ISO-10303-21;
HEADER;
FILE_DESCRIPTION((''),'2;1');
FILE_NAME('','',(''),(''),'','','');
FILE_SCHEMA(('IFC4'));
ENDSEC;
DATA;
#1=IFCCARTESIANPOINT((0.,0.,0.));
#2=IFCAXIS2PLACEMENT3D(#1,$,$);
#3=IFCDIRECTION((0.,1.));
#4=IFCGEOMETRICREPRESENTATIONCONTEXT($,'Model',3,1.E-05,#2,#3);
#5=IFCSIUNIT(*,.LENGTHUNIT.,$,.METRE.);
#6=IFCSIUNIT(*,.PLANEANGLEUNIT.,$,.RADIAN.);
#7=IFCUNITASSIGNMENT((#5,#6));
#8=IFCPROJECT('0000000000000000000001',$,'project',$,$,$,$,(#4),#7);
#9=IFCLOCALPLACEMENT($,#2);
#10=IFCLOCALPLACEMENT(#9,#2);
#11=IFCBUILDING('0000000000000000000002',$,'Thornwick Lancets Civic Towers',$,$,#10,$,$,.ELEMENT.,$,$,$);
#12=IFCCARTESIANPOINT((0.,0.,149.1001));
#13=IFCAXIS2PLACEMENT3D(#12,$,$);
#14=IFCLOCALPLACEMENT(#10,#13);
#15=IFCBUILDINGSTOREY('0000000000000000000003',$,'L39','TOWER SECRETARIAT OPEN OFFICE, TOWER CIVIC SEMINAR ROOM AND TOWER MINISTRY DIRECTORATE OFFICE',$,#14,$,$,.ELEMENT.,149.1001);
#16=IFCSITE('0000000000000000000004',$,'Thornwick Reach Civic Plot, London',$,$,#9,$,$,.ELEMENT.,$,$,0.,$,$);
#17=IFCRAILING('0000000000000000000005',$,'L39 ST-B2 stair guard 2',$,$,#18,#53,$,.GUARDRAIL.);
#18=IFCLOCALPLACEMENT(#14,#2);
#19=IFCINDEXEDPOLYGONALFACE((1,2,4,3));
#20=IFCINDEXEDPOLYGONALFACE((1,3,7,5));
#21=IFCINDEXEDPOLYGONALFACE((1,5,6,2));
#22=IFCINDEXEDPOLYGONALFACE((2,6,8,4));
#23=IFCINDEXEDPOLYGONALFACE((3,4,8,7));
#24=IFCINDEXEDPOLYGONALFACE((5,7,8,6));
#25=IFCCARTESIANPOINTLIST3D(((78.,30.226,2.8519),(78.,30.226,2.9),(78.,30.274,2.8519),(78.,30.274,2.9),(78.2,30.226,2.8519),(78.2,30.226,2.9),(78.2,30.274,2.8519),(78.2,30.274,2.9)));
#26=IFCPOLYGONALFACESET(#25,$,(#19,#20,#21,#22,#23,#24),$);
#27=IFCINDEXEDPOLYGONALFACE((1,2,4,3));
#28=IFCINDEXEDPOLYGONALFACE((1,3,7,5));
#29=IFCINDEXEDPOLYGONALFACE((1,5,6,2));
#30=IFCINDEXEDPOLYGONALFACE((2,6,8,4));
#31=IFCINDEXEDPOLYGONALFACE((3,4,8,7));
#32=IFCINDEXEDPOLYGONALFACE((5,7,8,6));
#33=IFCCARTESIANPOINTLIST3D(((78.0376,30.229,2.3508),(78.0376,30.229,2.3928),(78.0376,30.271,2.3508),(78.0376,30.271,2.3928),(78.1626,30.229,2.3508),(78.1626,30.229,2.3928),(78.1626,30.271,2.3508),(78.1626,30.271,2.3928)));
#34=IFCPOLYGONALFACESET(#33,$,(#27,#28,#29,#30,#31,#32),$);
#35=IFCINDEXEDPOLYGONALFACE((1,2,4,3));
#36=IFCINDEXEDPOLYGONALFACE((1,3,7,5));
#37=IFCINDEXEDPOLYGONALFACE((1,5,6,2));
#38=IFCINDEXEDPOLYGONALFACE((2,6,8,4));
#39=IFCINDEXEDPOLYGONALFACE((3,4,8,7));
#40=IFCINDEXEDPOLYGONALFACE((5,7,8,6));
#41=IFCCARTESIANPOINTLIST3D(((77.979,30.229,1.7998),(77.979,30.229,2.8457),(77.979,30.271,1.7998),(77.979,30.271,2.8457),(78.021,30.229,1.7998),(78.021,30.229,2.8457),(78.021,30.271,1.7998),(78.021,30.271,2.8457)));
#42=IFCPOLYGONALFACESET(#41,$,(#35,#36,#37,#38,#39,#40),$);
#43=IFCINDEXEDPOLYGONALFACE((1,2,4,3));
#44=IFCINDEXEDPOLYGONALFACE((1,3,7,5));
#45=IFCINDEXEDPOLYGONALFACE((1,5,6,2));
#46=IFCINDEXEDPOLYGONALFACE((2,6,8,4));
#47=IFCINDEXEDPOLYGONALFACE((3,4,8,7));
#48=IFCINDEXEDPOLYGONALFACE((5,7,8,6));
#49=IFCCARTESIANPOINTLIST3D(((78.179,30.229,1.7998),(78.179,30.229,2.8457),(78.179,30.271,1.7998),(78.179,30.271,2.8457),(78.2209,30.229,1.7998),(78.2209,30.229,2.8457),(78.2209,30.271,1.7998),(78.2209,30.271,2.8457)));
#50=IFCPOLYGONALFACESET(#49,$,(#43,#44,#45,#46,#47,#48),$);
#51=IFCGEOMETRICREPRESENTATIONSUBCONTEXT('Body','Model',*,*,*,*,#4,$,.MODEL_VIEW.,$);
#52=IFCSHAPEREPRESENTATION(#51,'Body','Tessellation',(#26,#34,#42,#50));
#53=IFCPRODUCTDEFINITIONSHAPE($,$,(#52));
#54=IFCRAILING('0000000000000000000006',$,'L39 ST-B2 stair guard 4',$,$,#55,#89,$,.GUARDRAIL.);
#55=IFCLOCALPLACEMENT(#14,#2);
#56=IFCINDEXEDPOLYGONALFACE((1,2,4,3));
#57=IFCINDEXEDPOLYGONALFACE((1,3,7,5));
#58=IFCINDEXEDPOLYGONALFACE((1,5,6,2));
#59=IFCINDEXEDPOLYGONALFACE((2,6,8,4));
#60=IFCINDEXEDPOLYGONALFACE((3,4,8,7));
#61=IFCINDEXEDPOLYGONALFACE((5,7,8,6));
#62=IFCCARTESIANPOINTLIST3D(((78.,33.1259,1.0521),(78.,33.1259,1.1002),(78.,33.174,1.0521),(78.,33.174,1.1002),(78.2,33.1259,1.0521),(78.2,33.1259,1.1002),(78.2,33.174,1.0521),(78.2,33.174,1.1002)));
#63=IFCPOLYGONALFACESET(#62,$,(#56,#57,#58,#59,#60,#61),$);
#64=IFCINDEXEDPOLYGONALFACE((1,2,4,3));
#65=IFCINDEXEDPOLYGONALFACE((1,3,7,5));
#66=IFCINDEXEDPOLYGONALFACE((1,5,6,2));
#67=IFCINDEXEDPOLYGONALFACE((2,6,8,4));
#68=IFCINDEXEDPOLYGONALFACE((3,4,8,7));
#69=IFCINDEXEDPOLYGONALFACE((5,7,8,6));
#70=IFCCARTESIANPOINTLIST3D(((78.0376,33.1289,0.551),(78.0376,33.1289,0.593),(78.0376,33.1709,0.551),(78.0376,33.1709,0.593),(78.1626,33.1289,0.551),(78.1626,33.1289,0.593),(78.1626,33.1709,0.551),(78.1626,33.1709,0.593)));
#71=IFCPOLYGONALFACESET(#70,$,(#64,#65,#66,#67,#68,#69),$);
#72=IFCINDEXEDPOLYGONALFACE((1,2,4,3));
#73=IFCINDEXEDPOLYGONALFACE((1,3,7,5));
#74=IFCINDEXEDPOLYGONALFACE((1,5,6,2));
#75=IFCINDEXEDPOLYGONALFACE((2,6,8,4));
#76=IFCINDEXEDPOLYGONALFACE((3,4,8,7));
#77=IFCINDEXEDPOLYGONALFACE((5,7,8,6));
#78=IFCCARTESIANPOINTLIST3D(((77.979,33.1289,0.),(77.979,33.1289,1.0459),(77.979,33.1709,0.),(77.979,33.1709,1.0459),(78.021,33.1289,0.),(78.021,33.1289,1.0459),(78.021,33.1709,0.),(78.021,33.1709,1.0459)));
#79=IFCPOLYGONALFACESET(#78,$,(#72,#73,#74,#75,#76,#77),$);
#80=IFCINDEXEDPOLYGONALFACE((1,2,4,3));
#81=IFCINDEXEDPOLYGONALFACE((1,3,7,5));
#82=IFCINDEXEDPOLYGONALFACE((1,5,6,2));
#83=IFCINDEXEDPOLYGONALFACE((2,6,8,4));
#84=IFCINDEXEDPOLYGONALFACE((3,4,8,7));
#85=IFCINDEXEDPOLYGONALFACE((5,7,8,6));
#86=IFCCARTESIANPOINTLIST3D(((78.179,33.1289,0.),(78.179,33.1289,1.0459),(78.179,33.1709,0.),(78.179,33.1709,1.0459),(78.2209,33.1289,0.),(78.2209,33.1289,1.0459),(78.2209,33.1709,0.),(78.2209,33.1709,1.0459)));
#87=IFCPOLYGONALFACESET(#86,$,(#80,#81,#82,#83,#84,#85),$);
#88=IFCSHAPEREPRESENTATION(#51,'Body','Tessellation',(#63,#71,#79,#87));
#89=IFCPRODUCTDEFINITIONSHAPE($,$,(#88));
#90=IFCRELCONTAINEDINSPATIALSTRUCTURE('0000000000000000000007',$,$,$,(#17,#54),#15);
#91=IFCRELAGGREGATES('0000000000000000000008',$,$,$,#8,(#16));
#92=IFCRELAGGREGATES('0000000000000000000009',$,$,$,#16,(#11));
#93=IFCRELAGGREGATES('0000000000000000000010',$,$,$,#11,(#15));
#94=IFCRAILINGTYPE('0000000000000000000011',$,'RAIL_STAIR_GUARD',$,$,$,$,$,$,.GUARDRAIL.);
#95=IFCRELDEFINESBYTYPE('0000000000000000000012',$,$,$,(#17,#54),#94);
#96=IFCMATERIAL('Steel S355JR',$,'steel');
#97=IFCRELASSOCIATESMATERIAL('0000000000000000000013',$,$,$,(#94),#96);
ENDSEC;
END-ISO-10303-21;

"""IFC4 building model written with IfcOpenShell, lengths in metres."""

from ifc_helpers import new_model, si_unit, direction, frame, origin, origin_2d, place, context, subcontext, project, spatial, rectangle, extrude, material, type_object, element, save


model = new_model("IFC4")

# Units and contexts
model_context = context("Model", 3, precision=1e-05, world=origin(), true_north=direction((0.0, 1.0)))
body_context = subcontext(model_context, "Body", "Model", "MODEL_VIEW")
ifc_project = project(units=[si_unit("LENGTHUNIT", "METRE"), si_unit("PLANEANGLEUNIT", "RADIAN")], contexts=[model_context])

# Site, building, storey
site_placement = place(None, origin())
site = spatial("IfcSite", under=ifc_project, at=site_placement, Name="Thornwick Reach Civic Plot, London", CompositionType="ELEMENT", RefElevation=0.0)
building_placement = place(site_placement, origin())
building = spatial("IfcBuilding", under=site, at=building_placement, Name="Thornwick Lancets Civic Towers", CompositionType="ELEMENT")
storey_placement = place(building_placement, frame((0.0, 0.0, 149.1001)))
storey = spatial("IfcBuildingStorey", under=building, at=storey_placement, Name="L39", Description="TOWER SECRETARIAT OPEN OFFICE, TOWER CIVIC SEMINAR ROOM AND TOWER MINISTRY DIRECTORATE OFFICE", CompositionType="ELEMENT", Elevation=149.1001)

# Shared definitions
ifc_material_1 = material(Name="Steel S355JR", Category="steel")

# Railings
railing_type_1 = type_object("IfcRailingType", Name="RAIL_STAIR_GUARD", PredefinedType="GUARDRAIL", material=ifc_material_1)
for number, where, name in (
    (1, (78.0, 30.25, 1.7998), "L39 ST-B2 stair guard 2"),
    (2, (78.0, 33.1499, 0.0), "L39 ST-B2 stair guard 4"),
):
    element("IfcRailing", number, at=place(storey_placement, frame(where)), inside=storey, type_object=railing_type_1, Name=name, PredefinedType="GUARDRAIL", context=body_context, shape_type="SweptSolid", body=[
        extrude(rectangle(XDim=0.0481, YDim=0.0481, at=origin_2d()), frame((0.0, 0.0, 1.0762), z_axis=(1.0, 0.0, 0.0), x_axis=(0.0, 1.0, 0.0)), (0.0, 0.0, 1.0), 0.2),
        extrude(rectangle(XDim=0.042, YDim=0.042, at=origin_2d()), frame((0.0376, 0.0, 0.572), z_axis=(1.0, 0.0, 0.0), x_axis=(0.0, 1.0, 0.0)), (0.0, 0.0, 1.0), 0.125),
        extrude(rectangle(XDim=0.042, YDim=0.042, at=origin_2d()), origin(), (0.0, 0.0, 1.0), 1.0459),
        extrude(rectangle(XDim=0.042, YDim=0.042, at=origin_2d()), frame((0.2, 0.0, 0.0)), (0.0, 0.0, 1.0), 1.0459),
    ])

save(model, "model.ifc")
